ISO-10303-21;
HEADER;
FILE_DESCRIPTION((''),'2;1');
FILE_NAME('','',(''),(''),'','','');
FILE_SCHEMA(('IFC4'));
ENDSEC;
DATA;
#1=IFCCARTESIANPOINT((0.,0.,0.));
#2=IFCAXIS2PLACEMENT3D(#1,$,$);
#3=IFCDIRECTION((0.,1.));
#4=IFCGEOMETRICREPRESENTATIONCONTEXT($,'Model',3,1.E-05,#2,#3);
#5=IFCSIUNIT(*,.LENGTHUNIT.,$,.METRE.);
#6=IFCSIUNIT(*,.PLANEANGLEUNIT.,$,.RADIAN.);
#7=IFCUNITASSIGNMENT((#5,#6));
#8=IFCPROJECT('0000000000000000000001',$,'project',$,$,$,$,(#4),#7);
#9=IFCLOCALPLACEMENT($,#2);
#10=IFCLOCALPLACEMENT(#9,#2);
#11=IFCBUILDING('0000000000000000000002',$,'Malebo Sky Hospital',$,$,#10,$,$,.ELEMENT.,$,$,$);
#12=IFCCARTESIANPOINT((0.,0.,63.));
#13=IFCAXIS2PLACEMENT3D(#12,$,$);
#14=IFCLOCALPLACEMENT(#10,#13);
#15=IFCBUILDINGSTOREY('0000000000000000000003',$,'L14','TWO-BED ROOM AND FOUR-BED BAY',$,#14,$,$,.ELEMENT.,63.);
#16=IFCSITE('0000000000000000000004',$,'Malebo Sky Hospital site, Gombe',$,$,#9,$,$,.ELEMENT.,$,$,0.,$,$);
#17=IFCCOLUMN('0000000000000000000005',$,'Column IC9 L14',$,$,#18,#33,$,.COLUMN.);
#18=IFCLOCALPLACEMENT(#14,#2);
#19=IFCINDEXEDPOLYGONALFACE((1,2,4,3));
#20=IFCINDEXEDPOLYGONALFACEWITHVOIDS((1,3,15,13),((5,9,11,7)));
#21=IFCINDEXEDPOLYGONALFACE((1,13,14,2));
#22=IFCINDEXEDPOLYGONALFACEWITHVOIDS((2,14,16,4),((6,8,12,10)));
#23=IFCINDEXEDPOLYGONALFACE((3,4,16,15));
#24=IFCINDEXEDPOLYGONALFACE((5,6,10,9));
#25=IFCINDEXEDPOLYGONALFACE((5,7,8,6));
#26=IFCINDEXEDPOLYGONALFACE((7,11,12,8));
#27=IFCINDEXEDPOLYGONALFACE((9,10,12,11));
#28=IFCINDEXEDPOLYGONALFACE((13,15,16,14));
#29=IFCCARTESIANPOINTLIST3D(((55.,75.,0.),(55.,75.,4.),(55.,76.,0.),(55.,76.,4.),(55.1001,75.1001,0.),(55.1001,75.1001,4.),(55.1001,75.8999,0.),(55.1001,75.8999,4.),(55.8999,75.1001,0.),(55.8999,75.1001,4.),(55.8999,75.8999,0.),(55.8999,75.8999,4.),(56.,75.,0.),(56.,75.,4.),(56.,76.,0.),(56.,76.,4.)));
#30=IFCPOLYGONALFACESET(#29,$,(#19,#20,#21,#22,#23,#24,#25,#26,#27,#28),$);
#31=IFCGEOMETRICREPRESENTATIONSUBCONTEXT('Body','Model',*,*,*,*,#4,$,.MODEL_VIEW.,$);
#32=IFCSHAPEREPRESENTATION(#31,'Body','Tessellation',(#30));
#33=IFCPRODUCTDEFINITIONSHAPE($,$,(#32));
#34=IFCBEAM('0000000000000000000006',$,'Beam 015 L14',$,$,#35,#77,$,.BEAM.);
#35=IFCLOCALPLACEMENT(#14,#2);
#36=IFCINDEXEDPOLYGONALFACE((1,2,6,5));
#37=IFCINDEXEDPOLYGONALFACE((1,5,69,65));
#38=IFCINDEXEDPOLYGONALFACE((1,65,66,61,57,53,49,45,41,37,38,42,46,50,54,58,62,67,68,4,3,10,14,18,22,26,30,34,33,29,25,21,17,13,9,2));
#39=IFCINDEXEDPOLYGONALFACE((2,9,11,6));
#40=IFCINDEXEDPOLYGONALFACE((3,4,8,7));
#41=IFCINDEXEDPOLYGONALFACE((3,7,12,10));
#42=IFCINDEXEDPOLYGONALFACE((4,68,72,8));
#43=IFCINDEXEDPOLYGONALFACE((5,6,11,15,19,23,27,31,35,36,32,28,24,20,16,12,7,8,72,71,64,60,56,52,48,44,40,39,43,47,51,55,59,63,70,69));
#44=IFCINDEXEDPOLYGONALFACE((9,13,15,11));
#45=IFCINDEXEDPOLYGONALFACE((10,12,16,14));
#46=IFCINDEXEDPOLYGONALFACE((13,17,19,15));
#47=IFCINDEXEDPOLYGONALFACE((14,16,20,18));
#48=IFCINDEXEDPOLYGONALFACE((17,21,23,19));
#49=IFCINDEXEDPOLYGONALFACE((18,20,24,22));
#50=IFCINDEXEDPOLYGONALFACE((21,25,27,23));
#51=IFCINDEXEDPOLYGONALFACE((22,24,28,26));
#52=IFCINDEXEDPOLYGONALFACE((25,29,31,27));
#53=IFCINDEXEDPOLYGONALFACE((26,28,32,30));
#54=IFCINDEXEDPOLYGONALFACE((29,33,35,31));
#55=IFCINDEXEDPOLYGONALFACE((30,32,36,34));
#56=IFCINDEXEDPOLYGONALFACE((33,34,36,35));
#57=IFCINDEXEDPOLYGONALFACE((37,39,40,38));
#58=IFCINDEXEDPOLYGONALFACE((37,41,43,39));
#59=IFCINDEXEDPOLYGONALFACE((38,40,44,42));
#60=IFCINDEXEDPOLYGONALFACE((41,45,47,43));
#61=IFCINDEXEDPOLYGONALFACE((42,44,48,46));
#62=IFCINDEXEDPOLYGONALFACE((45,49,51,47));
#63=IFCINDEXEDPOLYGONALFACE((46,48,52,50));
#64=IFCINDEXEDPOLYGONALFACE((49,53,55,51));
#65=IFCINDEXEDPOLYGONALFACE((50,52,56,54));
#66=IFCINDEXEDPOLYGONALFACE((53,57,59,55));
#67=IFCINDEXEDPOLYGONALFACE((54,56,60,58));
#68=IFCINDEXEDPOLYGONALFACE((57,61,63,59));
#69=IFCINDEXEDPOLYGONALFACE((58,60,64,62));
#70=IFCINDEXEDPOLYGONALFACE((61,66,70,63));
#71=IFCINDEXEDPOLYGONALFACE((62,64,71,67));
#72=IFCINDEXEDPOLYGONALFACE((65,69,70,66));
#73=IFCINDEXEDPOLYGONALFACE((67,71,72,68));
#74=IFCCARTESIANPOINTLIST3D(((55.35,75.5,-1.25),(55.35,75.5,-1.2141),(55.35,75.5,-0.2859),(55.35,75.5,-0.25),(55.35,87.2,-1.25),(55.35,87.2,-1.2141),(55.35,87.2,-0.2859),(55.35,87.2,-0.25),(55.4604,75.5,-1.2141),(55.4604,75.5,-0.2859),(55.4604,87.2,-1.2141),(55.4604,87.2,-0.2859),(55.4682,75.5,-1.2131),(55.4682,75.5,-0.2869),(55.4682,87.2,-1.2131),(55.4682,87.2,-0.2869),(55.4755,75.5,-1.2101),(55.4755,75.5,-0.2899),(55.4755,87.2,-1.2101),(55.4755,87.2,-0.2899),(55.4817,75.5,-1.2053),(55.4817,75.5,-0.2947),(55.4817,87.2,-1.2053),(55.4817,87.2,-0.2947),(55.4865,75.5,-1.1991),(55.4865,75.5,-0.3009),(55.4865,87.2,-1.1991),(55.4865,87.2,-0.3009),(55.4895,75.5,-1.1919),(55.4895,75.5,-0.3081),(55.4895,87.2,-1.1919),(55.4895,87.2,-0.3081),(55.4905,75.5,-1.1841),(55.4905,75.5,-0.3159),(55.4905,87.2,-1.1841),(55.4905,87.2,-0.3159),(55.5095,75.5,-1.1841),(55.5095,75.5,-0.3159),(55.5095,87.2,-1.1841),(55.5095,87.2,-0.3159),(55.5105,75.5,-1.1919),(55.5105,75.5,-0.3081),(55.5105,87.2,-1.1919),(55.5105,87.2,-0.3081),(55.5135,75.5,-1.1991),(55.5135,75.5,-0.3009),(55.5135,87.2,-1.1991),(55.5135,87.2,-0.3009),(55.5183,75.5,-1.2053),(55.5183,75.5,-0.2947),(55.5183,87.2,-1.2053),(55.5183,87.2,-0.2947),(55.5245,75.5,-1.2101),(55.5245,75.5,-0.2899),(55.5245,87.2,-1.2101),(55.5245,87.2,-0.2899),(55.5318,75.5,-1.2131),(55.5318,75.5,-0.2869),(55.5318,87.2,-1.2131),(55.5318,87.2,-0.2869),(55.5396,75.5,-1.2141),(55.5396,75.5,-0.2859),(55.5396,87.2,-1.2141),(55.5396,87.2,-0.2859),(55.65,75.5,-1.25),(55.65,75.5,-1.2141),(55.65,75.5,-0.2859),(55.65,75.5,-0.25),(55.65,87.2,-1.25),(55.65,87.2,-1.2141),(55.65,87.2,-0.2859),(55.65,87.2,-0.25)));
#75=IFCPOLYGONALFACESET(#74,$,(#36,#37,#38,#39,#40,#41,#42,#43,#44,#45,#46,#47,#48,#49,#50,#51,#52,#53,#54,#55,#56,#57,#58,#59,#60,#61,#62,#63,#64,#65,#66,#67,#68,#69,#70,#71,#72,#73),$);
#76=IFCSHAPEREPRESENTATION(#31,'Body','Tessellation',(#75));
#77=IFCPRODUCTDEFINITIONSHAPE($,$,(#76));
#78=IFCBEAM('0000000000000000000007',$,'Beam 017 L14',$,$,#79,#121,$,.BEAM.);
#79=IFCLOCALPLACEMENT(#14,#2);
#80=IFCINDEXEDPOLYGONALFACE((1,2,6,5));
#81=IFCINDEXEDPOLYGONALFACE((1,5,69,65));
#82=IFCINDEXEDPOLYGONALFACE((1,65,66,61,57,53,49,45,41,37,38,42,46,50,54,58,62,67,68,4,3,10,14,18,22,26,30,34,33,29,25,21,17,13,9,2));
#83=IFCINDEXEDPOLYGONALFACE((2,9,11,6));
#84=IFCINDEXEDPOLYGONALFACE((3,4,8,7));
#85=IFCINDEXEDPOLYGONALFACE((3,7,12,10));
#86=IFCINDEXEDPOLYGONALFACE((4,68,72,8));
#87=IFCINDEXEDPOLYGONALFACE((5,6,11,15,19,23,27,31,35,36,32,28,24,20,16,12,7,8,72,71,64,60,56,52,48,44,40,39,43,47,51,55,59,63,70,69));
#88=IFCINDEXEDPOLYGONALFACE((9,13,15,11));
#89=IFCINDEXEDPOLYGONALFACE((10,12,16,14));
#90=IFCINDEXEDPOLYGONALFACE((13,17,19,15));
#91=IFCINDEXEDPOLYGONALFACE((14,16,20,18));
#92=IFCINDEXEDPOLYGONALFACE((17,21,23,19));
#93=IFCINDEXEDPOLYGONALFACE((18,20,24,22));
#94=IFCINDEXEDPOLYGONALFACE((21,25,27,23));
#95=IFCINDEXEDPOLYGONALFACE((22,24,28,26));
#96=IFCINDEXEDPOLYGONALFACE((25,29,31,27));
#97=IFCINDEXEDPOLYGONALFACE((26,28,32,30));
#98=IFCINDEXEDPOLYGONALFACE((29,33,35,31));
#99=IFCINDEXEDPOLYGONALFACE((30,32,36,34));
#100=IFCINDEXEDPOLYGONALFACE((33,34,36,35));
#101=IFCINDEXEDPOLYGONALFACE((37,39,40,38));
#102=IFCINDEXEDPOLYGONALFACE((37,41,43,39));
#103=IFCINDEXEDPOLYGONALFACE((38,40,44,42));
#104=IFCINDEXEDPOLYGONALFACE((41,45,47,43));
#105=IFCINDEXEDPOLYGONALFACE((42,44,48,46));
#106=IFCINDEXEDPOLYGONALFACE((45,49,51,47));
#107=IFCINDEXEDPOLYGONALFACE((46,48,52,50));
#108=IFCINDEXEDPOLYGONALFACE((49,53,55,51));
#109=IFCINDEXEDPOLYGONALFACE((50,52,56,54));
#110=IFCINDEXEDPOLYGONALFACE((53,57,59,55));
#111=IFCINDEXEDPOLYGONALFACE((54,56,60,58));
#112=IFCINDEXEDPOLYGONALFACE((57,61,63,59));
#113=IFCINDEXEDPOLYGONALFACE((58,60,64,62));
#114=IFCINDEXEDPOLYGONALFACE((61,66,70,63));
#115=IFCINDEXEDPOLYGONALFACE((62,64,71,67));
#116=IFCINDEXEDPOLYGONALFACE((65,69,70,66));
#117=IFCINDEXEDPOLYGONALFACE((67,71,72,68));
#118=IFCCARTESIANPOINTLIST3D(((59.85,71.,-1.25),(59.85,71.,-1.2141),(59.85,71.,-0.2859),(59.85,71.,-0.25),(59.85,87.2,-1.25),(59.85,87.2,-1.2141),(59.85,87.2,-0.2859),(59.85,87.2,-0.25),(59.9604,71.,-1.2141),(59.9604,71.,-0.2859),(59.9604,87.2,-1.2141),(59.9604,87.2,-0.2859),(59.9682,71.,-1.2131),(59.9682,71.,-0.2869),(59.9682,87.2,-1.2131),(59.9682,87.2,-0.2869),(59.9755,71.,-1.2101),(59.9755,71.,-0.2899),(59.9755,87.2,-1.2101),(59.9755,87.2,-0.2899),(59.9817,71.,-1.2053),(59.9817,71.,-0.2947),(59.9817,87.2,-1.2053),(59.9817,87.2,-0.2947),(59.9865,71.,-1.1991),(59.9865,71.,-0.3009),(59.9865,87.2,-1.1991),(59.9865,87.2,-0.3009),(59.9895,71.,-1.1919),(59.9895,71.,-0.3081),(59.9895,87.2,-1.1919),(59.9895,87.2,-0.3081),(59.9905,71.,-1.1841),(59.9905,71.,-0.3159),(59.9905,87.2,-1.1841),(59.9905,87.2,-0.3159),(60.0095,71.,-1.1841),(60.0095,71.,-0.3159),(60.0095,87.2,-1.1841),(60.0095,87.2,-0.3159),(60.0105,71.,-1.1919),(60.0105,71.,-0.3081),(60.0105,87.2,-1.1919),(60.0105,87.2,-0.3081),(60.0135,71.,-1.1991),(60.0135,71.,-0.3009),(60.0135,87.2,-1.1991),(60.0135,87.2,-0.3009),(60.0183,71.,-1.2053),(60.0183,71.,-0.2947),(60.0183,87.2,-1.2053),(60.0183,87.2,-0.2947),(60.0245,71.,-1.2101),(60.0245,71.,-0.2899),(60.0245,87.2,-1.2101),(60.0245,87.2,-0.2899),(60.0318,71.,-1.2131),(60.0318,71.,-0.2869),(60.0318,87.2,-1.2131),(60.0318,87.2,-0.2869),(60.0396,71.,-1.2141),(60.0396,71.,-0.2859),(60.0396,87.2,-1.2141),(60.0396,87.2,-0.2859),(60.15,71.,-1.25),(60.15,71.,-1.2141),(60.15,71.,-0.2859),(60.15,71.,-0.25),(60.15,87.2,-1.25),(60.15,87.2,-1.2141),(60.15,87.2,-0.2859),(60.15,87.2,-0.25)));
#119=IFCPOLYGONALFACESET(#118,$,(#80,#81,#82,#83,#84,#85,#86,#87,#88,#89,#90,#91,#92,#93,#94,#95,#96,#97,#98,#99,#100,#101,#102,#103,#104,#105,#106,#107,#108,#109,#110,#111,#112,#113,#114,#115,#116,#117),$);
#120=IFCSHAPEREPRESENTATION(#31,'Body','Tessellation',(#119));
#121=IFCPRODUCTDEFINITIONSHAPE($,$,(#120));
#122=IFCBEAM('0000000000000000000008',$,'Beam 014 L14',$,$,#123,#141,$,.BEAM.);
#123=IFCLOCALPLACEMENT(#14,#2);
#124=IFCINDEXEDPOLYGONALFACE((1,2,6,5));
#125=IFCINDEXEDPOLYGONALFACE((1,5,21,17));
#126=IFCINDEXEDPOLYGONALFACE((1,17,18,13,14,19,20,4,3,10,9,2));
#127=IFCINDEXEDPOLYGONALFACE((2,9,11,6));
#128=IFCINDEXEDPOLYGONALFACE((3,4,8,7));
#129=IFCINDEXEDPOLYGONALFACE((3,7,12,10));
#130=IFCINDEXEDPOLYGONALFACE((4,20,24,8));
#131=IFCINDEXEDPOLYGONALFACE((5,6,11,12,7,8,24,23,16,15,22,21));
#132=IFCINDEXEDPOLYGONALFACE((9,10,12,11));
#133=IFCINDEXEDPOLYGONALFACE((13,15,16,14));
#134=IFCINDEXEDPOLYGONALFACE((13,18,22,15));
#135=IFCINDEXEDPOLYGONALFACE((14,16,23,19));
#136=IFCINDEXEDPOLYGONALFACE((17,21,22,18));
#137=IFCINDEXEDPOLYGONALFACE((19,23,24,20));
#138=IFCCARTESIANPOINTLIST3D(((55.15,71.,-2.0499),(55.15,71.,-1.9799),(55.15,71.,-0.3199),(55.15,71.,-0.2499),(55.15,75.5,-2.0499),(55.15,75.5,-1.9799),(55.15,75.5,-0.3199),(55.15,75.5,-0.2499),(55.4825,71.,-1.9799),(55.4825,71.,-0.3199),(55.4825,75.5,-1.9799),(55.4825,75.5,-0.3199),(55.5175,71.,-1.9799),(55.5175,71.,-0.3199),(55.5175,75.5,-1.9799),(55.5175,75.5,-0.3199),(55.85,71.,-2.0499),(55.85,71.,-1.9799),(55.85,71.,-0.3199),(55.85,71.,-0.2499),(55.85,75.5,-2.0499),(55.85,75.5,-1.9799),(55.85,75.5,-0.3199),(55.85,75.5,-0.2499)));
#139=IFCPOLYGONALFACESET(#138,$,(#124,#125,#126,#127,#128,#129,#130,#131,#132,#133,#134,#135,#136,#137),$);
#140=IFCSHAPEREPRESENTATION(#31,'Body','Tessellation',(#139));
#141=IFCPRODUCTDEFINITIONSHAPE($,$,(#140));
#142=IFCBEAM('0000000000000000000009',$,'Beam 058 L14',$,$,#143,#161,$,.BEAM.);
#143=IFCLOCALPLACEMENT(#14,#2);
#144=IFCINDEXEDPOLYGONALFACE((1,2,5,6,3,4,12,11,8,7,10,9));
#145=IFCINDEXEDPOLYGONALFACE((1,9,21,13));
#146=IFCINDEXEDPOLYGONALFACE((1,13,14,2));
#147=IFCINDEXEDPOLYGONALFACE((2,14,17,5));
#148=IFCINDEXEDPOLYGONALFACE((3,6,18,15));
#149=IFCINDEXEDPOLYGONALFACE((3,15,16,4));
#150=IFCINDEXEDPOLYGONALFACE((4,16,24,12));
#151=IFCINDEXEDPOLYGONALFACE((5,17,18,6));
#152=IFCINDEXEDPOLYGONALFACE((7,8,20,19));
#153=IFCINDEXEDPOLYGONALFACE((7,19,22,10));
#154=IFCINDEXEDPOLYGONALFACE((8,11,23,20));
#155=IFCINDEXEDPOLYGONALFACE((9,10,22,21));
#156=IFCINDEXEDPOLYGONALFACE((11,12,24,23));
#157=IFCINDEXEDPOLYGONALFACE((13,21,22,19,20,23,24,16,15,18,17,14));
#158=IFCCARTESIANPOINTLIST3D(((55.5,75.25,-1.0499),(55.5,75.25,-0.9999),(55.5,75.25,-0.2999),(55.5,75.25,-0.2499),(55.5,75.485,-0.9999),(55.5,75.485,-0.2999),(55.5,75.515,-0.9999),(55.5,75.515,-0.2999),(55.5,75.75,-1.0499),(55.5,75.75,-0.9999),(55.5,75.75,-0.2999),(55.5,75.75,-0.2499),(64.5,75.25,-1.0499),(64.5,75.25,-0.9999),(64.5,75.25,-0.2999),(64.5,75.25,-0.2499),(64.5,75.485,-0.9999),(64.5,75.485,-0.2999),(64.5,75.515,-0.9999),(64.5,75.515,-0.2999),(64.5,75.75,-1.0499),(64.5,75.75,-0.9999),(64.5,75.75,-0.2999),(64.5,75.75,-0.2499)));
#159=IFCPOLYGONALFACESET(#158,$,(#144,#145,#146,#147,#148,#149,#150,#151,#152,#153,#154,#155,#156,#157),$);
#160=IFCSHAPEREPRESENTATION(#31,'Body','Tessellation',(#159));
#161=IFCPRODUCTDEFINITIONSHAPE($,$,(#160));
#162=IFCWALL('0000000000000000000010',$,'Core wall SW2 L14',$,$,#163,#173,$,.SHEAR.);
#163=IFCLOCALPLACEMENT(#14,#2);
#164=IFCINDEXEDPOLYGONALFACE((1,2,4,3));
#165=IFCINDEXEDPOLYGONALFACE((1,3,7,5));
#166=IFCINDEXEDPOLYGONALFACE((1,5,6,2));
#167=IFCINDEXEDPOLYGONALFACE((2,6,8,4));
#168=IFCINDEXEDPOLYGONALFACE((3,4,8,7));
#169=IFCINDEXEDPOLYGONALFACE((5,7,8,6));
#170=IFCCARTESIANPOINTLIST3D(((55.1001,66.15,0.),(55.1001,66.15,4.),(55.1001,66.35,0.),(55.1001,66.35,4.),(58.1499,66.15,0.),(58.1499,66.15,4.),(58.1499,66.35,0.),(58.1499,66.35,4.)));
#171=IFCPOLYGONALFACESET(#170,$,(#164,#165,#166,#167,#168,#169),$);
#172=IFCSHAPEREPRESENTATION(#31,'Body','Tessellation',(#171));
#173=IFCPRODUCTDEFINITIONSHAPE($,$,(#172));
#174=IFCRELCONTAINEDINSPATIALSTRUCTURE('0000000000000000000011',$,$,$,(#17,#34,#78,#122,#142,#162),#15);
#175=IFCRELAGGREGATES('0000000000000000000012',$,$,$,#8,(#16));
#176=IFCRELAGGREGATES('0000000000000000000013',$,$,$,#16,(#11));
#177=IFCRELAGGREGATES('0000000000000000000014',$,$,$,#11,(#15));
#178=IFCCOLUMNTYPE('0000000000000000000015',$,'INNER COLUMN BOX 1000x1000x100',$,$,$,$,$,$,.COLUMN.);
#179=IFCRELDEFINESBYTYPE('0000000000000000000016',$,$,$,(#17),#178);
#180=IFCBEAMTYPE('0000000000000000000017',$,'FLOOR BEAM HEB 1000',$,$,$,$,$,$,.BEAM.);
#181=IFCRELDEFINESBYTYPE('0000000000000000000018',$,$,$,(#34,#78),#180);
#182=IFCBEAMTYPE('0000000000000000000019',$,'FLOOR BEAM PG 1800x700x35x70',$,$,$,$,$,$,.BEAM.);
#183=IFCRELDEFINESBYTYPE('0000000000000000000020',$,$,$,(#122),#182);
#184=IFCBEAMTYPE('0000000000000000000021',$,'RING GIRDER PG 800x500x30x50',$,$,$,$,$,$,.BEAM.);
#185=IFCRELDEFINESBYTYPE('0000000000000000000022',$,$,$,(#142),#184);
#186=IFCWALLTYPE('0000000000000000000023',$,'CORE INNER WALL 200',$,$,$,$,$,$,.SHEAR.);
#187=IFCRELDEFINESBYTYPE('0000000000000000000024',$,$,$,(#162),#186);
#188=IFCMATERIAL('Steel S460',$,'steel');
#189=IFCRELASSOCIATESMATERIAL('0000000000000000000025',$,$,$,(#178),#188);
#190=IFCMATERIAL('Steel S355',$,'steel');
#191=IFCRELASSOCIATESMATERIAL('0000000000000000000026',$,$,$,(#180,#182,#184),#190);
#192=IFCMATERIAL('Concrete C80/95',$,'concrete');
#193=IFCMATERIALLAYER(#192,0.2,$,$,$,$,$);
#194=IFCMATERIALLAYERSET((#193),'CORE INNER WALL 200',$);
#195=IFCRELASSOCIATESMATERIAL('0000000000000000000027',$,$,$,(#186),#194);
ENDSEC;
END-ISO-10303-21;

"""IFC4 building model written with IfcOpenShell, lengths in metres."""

from ifc_helpers import new_model, si_unit, direction, frame, frame_2d, origin, origin_2d, place, context, subcontext, project, spatial, rectangle, hollow_rectangle, i_section, extrude, material, layer, layer_set, material_profile, profile_set, type_object, element, save


model = new_model("IFC4")

# Units and contexts
model_context = context("Model", 3, precision=1e-05, world=origin(), true_north=direction((0.0, 1.0)))
body_context = subcontext(model_context, "Body", "Model", "MODEL_VIEW")
ifc_project = project(units=[si_unit("LENGTHUNIT", "METRE"), si_unit("PLANEANGLEUNIT", "RADIAN")], contexts=[model_context])

# Site, building, storey
site_placement = place(None, origin())
site = spatial("IfcSite", under=ifc_project, at=site_placement, Name="Malebo Sky Hospital site, Gombe", CompositionType="ELEMENT", RefElevation=0.0)
building_placement = place(site_placement, origin())
building = spatial("IfcBuilding", under=site, at=building_placement, Name="Malebo Sky Hospital", CompositionType="ELEMENT")
storey_placement = place(building_placement, frame((0.0, 0.0, 63.0)))
storey = spatial("IfcBuildingStorey", under=building, at=storey_placement, Name="L14", Description="TWO-BED ROOM AND FOUR-BED BAY", CompositionType="ELEMENT", Elevation=63.0)

# Column
ifc_material_1 = material(Name="Steel S460", Category="steel")
ifc_material_profile_1 = material_profile(ifc_material_1, hollow_rectangle(XDim=1.0, YDim=1.0, WallThickness=0.1001, at=origin_2d()), Name="BOX 1000x1000x100")
ifc_profile_set_1 = profile_set([ifc_material_profile_1], Name="Steel S460")
column_type = type_object("IfcColumnType", Name="INNER COLUMN BOX 1000x1000x100", PredefinedType="COLUMN", material=ifc_profile_set_1)
column_placement = place(storey_placement, frame((55.5, 75.5, 0.0), z_axis=(0.0, 0.0, 1.0), x_axis=(1.0, 0.0, 0.0)))
element("IfcColumn", 1, at=column_placement, inside=storey, type_object=column_type, Name="Column IC9 L14", PredefinedType="COLUMN", context=body_context, shape_type="SweptSolid", body=[
    extrude(hollow_rectangle(XDim=1.0, YDim=1.0, WallThickness=0.1001, at=origin_2d()), origin(), (0.0, 0.0, 1.0), 4.0),
])

# Beams
ifc_material_2 = material(Name="Steel S355", Category="steel")
ifc_material_profile_2 = material_profile(ifc_material_2, i_section(OverallWidth=0.3, OverallDepth=1.0, WebThickness=0.019, FlangeThickness=0.0359, FilletRadius=0.03, at=origin_2d()), Name="HEB 1000")
ifc_profile_set_2 = profile_set([ifc_material_profile_2], Name="Steel S355")
beam_type_1 = type_object("IfcBeamType", Name="FLOOR BEAM HEB 1000", PredefinedType="BEAM", material=ifc_profile_set_2)
beam_1_placement = place(storey_placement, frame((55.5, 75.5, -0.75), z_axis=(0.0, 1.0, 0.0), x_axis=(-1.0, 0.0, 0.0)))
element("IfcBeam", 2, at=beam_1_placement, inside=storey, type_object=beam_type_1, Name="Beam 015 L14", PredefinedType="BEAM", context=body_context, shape_type="SweptSolid", body=[
    extrude(i_section(OverallWidth=0.3, OverallDepth=1.0, WebThickness=0.019, FlangeThickness=0.0359, FilletRadius=0.03, at=origin_2d()), origin(), (0.0, 0.0, 1.0), 11.7),
])
beam_2_placement = place(storey_placement, frame((60.0, 71.0, -0.75), z_axis=(0.0, 1.0, 0.0), x_axis=(-1.0, 0.0, 0.0)))
element("IfcBeam", 3, at=beam_2_placement, inside=storey, type_object=beam_type_1, Name="Beam 017 L14", PredefinedType="BEAM", context=body_context, shape_type="SweptSolid", body=[
    extrude(i_section(OverallWidth=0.3, OverallDepth=1.0, WebThickness=0.019, FlangeThickness=0.0359, FilletRadius=0.03, at=origin_2d()), origin(), (0.0, 0.0, 1.0), 16.2),
])
ifc_material_profile_3 = material_profile(ifc_material_2, i_section(OverallWidth=0.7, OverallDepth=1.8, WebThickness=0.0349, FlangeThickness=0.0701, at=origin_2d()), Name="PG 1800x700x35x70")
ifc_profile_set_3 = profile_set([ifc_material_profile_3], Name="Steel S355")
beam_type_2 = type_object("IfcBeamType", Name="FLOOR BEAM PG 1800x700x35x70", PredefinedType="BEAM", material=ifc_profile_set_3)
beam_3_placement = place(storey_placement, frame((55.5, 71.0, -1.1499), z_axis=(0.0, 1.0, 0.0), x_axis=(-1.0, 0.0, 0.0)))
element("IfcBeam", 4, at=beam_3_placement, inside=storey, type_object=beam_type_2, Name="Beam 014 L14", PredefinedType="BEAM", context=body_context, shape_type="SweptSolid", body=[
    extrude(i_section(OverallWidth=0.7, OverallDepth=1.8, WebThickness=0.0349, FlangeThickness=0.0701, at=origin_2d()), origin(), (0.0, 0.0, 1.0), 4.5),
])
ifc_material_profile_4 = material_profile(ifc_material_2, i_section(OverallWidth=0.5, OverallDepth=0.8, WebThickness=0.03, FlangeThickness=0.05, at=origin_2d()), Name="PG 800x500x30x50")
ifc_profile_set_4 = profile_set([ifc_material_profile_4], Name="Steel S355")
beam_type_3 = type_object("IfcBeamType", Name="RING GIRDER PG 800x500x30x50", PredefinedType="BEAM", material=ifc_profile_set_4)
beam_4_placement = place(storey_placement, frame((55.5, 75.5, -0.6499), z_axis=(1.0, 0.0, 0.0), x_axis=(0.0, 1.0, 0.0)))
element("IfcBeam", 5, at=beam_4_placement, inside=storey, type_object=beam_type_3, Name="Beam 058 L14", PredefinedType="BEAM", context=body_context, shape_type="SweptSolid", body=[
    extrude(i_section(OverallWidth=0.5, OverallDepth=0.8, WebThickness=0.03, FlangeThickness=0.05, at=origin_2d()), origin(), (0.0, 0.0, 1.0), 9.0),
])

# Wall
ifc_material_3 = material(Name="Concrete C80/95", Category="concrete")
ifc_layer_1 = layer(ifc_material_3, 0.2)
ifc_layer_set_1 = layer_set([ifc_layer_1], Name="CORE INNER WALL 200")
wall_type_1 = type_object("IfcWallType", Name="CORE INNER WALL 200", PredefinedType="SHEAR", material=ifc_layer_set_1)
wall_1_placement = place(storey_placement, frame((55.1001, 66.25, 0.0), z_axis=(0.0, 0.0, 1.0), x_axis=(1.0, 0.0, 0.0)))
element("IfcWall", 6, at=wall_1_placement, inside=storey, type_object=wall_type_1, Name="Core wall SW2 L14", PredefinedType="SHEAR", context=body_context, shape_type="SweptSolid", body=[
    extrude(rectangle(XDim=3.0498, YDim=0.2, at=frame_2d((1.5249, 0.0))), origin(), (0.0, 0.0, 1.0), 4.0),
])

save(model, "model.ifc")
